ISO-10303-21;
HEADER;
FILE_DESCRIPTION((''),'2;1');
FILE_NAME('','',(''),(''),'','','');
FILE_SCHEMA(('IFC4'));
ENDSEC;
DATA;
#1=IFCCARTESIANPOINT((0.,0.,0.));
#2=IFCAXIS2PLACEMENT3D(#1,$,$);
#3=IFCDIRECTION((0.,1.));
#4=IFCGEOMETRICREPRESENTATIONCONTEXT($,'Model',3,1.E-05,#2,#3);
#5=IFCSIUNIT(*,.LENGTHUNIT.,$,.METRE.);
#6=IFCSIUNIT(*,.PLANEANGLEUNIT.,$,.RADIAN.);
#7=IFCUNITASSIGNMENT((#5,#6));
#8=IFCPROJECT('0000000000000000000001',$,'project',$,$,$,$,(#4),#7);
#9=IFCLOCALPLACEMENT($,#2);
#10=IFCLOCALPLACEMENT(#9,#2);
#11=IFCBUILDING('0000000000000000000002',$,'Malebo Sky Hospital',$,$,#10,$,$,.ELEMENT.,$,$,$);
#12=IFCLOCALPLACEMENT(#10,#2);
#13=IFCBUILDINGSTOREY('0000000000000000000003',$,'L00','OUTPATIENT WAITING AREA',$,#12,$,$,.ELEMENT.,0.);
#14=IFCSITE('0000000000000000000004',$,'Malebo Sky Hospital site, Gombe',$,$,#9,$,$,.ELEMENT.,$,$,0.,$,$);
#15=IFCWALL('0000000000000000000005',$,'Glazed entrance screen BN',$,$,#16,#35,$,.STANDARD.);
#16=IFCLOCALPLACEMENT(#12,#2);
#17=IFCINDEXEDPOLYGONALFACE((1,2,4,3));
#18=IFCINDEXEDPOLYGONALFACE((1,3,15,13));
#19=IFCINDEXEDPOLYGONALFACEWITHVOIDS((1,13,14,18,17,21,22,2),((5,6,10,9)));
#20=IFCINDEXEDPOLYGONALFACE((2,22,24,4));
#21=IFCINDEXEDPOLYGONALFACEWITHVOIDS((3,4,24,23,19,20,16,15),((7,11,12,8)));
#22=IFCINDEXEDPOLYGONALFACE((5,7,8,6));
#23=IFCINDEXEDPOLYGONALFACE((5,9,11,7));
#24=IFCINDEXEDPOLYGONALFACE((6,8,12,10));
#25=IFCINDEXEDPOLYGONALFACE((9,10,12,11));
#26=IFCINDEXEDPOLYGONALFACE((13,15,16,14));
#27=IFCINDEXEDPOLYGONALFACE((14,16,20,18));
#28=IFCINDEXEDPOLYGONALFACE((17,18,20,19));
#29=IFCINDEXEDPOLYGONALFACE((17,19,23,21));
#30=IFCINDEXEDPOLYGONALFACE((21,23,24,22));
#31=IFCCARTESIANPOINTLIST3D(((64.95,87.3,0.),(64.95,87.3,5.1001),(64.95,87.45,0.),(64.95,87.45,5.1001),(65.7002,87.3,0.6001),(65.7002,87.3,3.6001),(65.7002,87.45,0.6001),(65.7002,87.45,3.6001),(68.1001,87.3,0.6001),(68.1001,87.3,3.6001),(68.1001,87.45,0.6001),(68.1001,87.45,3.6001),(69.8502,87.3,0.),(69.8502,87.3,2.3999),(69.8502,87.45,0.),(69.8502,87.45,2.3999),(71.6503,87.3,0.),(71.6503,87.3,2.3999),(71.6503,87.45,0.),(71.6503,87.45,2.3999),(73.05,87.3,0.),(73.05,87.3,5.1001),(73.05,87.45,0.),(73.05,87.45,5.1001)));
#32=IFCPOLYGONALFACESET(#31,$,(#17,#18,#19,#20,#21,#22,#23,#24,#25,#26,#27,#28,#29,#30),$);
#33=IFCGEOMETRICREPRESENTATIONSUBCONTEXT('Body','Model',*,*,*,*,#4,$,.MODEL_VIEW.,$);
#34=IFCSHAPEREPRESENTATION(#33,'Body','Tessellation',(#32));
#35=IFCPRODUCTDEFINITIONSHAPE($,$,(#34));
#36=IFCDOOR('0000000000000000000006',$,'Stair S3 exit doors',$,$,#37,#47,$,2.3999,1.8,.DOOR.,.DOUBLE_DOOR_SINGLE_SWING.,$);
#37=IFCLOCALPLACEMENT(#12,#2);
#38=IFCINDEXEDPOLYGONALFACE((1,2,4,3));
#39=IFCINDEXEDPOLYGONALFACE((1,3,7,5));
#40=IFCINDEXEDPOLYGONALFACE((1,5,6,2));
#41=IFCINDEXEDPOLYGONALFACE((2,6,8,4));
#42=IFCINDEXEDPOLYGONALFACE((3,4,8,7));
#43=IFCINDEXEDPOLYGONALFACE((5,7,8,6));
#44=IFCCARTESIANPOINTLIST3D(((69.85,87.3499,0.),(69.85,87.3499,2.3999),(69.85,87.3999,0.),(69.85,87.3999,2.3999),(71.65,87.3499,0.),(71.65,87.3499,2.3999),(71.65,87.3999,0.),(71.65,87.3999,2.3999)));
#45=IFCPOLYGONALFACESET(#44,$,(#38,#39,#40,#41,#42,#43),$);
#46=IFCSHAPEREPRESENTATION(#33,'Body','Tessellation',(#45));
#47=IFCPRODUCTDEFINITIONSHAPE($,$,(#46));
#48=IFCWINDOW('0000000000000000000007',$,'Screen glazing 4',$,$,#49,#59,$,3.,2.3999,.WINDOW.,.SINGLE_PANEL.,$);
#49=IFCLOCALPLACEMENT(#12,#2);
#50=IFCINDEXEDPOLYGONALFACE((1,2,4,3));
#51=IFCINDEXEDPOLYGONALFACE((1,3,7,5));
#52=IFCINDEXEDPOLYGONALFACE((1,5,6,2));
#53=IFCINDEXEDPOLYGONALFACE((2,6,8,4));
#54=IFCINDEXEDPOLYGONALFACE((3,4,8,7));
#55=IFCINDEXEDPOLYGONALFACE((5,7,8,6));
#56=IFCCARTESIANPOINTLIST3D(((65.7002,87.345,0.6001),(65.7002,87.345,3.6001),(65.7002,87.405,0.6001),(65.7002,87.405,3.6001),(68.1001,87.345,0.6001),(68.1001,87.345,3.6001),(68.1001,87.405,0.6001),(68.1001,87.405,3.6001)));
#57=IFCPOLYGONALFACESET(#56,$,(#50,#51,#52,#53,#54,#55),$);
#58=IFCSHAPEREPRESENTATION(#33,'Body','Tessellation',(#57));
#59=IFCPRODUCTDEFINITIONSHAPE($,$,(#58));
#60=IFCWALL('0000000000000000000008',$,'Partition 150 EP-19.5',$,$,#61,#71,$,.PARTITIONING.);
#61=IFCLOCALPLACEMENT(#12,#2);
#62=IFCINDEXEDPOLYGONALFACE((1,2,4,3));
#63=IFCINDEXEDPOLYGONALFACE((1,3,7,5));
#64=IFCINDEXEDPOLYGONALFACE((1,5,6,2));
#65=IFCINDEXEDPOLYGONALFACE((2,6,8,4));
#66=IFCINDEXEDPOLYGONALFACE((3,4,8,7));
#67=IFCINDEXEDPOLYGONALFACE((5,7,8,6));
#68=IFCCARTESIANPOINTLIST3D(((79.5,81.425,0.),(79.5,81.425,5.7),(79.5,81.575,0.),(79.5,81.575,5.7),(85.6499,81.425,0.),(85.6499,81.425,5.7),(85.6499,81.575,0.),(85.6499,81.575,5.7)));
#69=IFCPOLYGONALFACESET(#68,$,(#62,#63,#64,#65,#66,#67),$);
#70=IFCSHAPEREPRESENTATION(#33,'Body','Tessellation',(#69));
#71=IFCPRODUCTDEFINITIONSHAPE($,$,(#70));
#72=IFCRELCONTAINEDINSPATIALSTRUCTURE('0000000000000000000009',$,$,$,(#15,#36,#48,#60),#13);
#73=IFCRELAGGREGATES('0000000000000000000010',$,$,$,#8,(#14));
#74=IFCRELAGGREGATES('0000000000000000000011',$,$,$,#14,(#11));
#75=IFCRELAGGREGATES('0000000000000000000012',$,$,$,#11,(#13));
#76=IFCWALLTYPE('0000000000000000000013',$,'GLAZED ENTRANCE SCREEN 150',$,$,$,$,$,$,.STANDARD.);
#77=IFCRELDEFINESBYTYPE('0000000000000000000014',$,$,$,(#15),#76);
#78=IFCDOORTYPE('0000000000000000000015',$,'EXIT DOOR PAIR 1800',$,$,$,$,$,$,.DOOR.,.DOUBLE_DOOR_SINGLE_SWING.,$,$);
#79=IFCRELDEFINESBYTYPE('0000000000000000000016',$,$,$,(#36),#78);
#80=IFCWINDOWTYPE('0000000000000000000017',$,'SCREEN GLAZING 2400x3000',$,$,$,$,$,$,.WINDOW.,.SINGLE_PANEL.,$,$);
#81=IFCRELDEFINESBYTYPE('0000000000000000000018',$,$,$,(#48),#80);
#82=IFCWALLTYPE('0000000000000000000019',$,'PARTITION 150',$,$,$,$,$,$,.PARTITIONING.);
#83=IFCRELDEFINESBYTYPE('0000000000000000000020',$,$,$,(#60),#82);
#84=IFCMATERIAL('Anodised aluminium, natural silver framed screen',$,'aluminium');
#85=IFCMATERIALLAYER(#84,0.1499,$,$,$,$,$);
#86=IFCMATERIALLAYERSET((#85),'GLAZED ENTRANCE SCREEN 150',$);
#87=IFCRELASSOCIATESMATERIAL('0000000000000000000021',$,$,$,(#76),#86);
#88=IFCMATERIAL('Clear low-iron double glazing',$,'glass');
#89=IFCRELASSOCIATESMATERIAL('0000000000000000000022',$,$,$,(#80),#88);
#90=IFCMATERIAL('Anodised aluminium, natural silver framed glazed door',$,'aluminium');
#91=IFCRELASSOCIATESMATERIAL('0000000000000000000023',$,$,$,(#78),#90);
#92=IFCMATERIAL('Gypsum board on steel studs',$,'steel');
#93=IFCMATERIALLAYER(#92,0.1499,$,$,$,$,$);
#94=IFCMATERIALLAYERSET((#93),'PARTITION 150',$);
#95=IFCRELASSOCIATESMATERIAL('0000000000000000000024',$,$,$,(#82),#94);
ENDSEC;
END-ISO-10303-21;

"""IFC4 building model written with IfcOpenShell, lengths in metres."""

from ifc_helpers import new_model, si_unit, direction, frame, frame_2d, origin, place, context, subcontext, project, spatial, rectangle, extrude, material, layer, layer_set, type_object, element, fill, save


model = new_model("IFC4")

# Units and contexts
model_context = context("Model", 3, precision=1e-05, world=origin(), true_north=direction((0.0, 1.0)))
body_context = subcontext(model_context, "Body", "Model", "MODEL_VIEW")
ifc_project = project(units=[si_unit("LENGTHUNIT", "METRE"), si_unit("PLANEANGLEUNIT", "RADIAN")], contexts=[model_context])

# Site, building, storey
site_placement = place(None, origin())
site = spatial("IfcSite", under=ifc_project, at=site_placement, Name="Malebo Sky Hospital site, Gombe", CompositionType="ELEMENT", RefElevation=0.0)
building_placement = place(site_placement, origin())
building = spatial("IfcBuilding", under=site, at=building_placement, Name="Malebo Sky Hospital", CompositionType="ELEMENT")
storey_placement = place(building_placement, origin())
storey = spatial("IfcBuildingStorey", under=building, at=storey_placement, Name="L00", Description="OUTPATIENT WAITING AREA", CompositionType="ELEMENT", Elevation=0.0)

# Shared definitions
ifc_material_1 = material(Name="Gypsum board on steel studs", Category="steel")

# Shared definitions
ifc_material_2 = material(Name="Anodised aluminium, natural silver framed screen", Category="aluminium")
ifc_layer_1 = layer(ifc_material_2, 0.1499)
ifc_layer_set_1 = layer_set([ifc_layer_1], Name="GLAZED ENTRANCE SCREEN 150")
wall_type_1 = type_object("IfcWallType", Name="GLAZED ENTRANCE SCREEN 150", PredefinedType="STANDARD", material=ifc_layer_set_1)
ifc_material_3 = material(Name="Clear low-iron double glazing", Category="glass")
window_type = type_object("IfcWindowType", Name="SCREEN GLAZING 2400x3000", PartitioningType="SINGLE_PANEL", PredefinedType="WINDOW", material=ifc_material_3)

# Wall, openings, door, window
wall_1_placement = place(storey_placement, frame((73.05, 87.375, 0.0), z_axis=(0.0, 0.0, 1.0), x_axis=(-1.0, 0.0, 0.0)))
wall_1 = element("IfcWall", 1, at=wall_1_placement, inside=storey, type_object=wall_type_1, Name="Glazed entrance screen BN", PredefinedType="STANDARD", context=body_context, shape_type="SweptSolid", body=[
    extrude(rectangle(XDim=8.1001, YDim=0.1499, at=frame_2d((4.05, 0.0))), origin(), (0.0, 0.0, 1.0), 5.1001),
])
opening_1_placement = place(wall_1_placement, frame((1.3999, 0.0, 0.0)))
opening_1 = element("IfcOpeningElement", 2, at=opening_1_placement, cuts=wall_1, PredefinedType="OPENING", context=body_context, shape_type="SweptSolid", body=[
    extrude(rectangle(XDim=1.8, YDim=2.3999, at=frame_2d((0.8999, 1.2))), frame((0.0, 0.085, 0.0), z_axis=(0.0, -1.0, 0.0), x_axis=(1.0, 0.0, 0.0)), (0.0, 0.0, 1.0), 0.1699),
])
opening_2_placement = place(wall_1_placement, frame((4.95, 0.0, 0.6001)))
opening_2 = element("IfcOpeningElement", 3, at=opening_2_placement, cuts=wall_1, PredefinedType="OPENING", context=body_context, shape_type="SweptSolid", body=[
    extrude(rectangle(XDim=2.3999, YDim=3.0, at=frame_2d((1.2, 1.5))), frame((0.0, 0.085, 0.0), z_axis=(0.0, -1.0, 0.0), x_axis=(1.0, 0.0, 0.0)), (0.0, 0.0, 1.0), 0.1699),
])
ifc_material_4 = material(Name="Anodised aluminium, natural silver framed glazed door", Category="aluminium")
door_type_1 = type_object("IfcDoorType", Name="EXIT DOOR PAIR 1800", OperationType="DOUBLE_DOOR_SINGLE_SWING", PredefinedType="DOOR", material=ifc_material_4)
door_1_placement = place(opening_1_placement, frame((1.8, 0.0, 0.0), z_axis=(0.0, 0.0, 1.0), x_axis=(-1.0, 0.0, 0.0)))
door_1 = element("IfcDoor", 4, at=door_1_placement, inside=storey, type_object=door_type_1, Name="Stair S3 exit doors", OperationType="DOUBLE_DOOR_SINGLE_SWING", OverallHeight=2.3999, OverallWidth=1.8, PredefinedType="DOOR", context=body_context, shape_type="SweptSolid", body=[
    extrude(rectangle(XDim=1.8, YDim=2.3999, at=frame_2d((0.8999, 1.2))), frame((0.0, 0.0249, 0.0), z_axis=(0.0, -1.0, 0.0), x_axis=(1.0, 0.0, 0.0)), (0.0, 0.0, 1.0), 0.05),
])
fill(opening_1, door_1)
window_1_placement = place(opening_2_placement, origin())
window_1 = element("IfcWindow", 5, at=window_1_placement, inside=storey, type_object=window_type, Name="Screen glazing 4", OverallHeight=3.0, OverallWidth=2.3999, PartitioningType="SINGLE_PANEL", PredefinedType="WINDOW", context=body_context, shape_type="SweptSolid", body=[
    extrude(rectangle(XDim=2.3999, YDim=3.0, at=frame_2d((1.2, 1.5))), frame((0.0, 0.03, 0.0), z_axis=(0.0, -1.0, 0.0), x_axis=(1.0, 0.0, 0.0)), (0.0, 0.0, 1.0), 0.0601),
])
fill(opening_2, window_1)

# Wall
ifc_layer_2 = layer(ifc_material_1, 0.1499)
ifc_layer_set_2 = layer_set([ifc_layer_2], Name="PARTITION 150")
wall_type_2 = type_object("IfcWallType", Name="PARTITION 150", PredefinedType="PARTITIONING", material=ifc_layer_set_2)
wall_2_placement = place(storey_placement, frame((79.5, 81.5, 0.0), z_axis=(0.0, 0.0, 1.0), x_axis=(1.0, 0.0, 0.0)))
element("IfcWall", 6, at=wall_2_placement, inside=storey, type_object=wall_type_2, Name="Partition 150 EP-19.5", PredefinedType="PARTITIONING", context=body_context, shape_type="SweptSolid", body=[
    extrude(rectangle(XDim=6.1499, YDim=0.1499, at=frame_2d((3.075, 0.0))), origin(), (0.0, 0.0, 1.0), 5.7),
])

save(model, "model.ifc")
